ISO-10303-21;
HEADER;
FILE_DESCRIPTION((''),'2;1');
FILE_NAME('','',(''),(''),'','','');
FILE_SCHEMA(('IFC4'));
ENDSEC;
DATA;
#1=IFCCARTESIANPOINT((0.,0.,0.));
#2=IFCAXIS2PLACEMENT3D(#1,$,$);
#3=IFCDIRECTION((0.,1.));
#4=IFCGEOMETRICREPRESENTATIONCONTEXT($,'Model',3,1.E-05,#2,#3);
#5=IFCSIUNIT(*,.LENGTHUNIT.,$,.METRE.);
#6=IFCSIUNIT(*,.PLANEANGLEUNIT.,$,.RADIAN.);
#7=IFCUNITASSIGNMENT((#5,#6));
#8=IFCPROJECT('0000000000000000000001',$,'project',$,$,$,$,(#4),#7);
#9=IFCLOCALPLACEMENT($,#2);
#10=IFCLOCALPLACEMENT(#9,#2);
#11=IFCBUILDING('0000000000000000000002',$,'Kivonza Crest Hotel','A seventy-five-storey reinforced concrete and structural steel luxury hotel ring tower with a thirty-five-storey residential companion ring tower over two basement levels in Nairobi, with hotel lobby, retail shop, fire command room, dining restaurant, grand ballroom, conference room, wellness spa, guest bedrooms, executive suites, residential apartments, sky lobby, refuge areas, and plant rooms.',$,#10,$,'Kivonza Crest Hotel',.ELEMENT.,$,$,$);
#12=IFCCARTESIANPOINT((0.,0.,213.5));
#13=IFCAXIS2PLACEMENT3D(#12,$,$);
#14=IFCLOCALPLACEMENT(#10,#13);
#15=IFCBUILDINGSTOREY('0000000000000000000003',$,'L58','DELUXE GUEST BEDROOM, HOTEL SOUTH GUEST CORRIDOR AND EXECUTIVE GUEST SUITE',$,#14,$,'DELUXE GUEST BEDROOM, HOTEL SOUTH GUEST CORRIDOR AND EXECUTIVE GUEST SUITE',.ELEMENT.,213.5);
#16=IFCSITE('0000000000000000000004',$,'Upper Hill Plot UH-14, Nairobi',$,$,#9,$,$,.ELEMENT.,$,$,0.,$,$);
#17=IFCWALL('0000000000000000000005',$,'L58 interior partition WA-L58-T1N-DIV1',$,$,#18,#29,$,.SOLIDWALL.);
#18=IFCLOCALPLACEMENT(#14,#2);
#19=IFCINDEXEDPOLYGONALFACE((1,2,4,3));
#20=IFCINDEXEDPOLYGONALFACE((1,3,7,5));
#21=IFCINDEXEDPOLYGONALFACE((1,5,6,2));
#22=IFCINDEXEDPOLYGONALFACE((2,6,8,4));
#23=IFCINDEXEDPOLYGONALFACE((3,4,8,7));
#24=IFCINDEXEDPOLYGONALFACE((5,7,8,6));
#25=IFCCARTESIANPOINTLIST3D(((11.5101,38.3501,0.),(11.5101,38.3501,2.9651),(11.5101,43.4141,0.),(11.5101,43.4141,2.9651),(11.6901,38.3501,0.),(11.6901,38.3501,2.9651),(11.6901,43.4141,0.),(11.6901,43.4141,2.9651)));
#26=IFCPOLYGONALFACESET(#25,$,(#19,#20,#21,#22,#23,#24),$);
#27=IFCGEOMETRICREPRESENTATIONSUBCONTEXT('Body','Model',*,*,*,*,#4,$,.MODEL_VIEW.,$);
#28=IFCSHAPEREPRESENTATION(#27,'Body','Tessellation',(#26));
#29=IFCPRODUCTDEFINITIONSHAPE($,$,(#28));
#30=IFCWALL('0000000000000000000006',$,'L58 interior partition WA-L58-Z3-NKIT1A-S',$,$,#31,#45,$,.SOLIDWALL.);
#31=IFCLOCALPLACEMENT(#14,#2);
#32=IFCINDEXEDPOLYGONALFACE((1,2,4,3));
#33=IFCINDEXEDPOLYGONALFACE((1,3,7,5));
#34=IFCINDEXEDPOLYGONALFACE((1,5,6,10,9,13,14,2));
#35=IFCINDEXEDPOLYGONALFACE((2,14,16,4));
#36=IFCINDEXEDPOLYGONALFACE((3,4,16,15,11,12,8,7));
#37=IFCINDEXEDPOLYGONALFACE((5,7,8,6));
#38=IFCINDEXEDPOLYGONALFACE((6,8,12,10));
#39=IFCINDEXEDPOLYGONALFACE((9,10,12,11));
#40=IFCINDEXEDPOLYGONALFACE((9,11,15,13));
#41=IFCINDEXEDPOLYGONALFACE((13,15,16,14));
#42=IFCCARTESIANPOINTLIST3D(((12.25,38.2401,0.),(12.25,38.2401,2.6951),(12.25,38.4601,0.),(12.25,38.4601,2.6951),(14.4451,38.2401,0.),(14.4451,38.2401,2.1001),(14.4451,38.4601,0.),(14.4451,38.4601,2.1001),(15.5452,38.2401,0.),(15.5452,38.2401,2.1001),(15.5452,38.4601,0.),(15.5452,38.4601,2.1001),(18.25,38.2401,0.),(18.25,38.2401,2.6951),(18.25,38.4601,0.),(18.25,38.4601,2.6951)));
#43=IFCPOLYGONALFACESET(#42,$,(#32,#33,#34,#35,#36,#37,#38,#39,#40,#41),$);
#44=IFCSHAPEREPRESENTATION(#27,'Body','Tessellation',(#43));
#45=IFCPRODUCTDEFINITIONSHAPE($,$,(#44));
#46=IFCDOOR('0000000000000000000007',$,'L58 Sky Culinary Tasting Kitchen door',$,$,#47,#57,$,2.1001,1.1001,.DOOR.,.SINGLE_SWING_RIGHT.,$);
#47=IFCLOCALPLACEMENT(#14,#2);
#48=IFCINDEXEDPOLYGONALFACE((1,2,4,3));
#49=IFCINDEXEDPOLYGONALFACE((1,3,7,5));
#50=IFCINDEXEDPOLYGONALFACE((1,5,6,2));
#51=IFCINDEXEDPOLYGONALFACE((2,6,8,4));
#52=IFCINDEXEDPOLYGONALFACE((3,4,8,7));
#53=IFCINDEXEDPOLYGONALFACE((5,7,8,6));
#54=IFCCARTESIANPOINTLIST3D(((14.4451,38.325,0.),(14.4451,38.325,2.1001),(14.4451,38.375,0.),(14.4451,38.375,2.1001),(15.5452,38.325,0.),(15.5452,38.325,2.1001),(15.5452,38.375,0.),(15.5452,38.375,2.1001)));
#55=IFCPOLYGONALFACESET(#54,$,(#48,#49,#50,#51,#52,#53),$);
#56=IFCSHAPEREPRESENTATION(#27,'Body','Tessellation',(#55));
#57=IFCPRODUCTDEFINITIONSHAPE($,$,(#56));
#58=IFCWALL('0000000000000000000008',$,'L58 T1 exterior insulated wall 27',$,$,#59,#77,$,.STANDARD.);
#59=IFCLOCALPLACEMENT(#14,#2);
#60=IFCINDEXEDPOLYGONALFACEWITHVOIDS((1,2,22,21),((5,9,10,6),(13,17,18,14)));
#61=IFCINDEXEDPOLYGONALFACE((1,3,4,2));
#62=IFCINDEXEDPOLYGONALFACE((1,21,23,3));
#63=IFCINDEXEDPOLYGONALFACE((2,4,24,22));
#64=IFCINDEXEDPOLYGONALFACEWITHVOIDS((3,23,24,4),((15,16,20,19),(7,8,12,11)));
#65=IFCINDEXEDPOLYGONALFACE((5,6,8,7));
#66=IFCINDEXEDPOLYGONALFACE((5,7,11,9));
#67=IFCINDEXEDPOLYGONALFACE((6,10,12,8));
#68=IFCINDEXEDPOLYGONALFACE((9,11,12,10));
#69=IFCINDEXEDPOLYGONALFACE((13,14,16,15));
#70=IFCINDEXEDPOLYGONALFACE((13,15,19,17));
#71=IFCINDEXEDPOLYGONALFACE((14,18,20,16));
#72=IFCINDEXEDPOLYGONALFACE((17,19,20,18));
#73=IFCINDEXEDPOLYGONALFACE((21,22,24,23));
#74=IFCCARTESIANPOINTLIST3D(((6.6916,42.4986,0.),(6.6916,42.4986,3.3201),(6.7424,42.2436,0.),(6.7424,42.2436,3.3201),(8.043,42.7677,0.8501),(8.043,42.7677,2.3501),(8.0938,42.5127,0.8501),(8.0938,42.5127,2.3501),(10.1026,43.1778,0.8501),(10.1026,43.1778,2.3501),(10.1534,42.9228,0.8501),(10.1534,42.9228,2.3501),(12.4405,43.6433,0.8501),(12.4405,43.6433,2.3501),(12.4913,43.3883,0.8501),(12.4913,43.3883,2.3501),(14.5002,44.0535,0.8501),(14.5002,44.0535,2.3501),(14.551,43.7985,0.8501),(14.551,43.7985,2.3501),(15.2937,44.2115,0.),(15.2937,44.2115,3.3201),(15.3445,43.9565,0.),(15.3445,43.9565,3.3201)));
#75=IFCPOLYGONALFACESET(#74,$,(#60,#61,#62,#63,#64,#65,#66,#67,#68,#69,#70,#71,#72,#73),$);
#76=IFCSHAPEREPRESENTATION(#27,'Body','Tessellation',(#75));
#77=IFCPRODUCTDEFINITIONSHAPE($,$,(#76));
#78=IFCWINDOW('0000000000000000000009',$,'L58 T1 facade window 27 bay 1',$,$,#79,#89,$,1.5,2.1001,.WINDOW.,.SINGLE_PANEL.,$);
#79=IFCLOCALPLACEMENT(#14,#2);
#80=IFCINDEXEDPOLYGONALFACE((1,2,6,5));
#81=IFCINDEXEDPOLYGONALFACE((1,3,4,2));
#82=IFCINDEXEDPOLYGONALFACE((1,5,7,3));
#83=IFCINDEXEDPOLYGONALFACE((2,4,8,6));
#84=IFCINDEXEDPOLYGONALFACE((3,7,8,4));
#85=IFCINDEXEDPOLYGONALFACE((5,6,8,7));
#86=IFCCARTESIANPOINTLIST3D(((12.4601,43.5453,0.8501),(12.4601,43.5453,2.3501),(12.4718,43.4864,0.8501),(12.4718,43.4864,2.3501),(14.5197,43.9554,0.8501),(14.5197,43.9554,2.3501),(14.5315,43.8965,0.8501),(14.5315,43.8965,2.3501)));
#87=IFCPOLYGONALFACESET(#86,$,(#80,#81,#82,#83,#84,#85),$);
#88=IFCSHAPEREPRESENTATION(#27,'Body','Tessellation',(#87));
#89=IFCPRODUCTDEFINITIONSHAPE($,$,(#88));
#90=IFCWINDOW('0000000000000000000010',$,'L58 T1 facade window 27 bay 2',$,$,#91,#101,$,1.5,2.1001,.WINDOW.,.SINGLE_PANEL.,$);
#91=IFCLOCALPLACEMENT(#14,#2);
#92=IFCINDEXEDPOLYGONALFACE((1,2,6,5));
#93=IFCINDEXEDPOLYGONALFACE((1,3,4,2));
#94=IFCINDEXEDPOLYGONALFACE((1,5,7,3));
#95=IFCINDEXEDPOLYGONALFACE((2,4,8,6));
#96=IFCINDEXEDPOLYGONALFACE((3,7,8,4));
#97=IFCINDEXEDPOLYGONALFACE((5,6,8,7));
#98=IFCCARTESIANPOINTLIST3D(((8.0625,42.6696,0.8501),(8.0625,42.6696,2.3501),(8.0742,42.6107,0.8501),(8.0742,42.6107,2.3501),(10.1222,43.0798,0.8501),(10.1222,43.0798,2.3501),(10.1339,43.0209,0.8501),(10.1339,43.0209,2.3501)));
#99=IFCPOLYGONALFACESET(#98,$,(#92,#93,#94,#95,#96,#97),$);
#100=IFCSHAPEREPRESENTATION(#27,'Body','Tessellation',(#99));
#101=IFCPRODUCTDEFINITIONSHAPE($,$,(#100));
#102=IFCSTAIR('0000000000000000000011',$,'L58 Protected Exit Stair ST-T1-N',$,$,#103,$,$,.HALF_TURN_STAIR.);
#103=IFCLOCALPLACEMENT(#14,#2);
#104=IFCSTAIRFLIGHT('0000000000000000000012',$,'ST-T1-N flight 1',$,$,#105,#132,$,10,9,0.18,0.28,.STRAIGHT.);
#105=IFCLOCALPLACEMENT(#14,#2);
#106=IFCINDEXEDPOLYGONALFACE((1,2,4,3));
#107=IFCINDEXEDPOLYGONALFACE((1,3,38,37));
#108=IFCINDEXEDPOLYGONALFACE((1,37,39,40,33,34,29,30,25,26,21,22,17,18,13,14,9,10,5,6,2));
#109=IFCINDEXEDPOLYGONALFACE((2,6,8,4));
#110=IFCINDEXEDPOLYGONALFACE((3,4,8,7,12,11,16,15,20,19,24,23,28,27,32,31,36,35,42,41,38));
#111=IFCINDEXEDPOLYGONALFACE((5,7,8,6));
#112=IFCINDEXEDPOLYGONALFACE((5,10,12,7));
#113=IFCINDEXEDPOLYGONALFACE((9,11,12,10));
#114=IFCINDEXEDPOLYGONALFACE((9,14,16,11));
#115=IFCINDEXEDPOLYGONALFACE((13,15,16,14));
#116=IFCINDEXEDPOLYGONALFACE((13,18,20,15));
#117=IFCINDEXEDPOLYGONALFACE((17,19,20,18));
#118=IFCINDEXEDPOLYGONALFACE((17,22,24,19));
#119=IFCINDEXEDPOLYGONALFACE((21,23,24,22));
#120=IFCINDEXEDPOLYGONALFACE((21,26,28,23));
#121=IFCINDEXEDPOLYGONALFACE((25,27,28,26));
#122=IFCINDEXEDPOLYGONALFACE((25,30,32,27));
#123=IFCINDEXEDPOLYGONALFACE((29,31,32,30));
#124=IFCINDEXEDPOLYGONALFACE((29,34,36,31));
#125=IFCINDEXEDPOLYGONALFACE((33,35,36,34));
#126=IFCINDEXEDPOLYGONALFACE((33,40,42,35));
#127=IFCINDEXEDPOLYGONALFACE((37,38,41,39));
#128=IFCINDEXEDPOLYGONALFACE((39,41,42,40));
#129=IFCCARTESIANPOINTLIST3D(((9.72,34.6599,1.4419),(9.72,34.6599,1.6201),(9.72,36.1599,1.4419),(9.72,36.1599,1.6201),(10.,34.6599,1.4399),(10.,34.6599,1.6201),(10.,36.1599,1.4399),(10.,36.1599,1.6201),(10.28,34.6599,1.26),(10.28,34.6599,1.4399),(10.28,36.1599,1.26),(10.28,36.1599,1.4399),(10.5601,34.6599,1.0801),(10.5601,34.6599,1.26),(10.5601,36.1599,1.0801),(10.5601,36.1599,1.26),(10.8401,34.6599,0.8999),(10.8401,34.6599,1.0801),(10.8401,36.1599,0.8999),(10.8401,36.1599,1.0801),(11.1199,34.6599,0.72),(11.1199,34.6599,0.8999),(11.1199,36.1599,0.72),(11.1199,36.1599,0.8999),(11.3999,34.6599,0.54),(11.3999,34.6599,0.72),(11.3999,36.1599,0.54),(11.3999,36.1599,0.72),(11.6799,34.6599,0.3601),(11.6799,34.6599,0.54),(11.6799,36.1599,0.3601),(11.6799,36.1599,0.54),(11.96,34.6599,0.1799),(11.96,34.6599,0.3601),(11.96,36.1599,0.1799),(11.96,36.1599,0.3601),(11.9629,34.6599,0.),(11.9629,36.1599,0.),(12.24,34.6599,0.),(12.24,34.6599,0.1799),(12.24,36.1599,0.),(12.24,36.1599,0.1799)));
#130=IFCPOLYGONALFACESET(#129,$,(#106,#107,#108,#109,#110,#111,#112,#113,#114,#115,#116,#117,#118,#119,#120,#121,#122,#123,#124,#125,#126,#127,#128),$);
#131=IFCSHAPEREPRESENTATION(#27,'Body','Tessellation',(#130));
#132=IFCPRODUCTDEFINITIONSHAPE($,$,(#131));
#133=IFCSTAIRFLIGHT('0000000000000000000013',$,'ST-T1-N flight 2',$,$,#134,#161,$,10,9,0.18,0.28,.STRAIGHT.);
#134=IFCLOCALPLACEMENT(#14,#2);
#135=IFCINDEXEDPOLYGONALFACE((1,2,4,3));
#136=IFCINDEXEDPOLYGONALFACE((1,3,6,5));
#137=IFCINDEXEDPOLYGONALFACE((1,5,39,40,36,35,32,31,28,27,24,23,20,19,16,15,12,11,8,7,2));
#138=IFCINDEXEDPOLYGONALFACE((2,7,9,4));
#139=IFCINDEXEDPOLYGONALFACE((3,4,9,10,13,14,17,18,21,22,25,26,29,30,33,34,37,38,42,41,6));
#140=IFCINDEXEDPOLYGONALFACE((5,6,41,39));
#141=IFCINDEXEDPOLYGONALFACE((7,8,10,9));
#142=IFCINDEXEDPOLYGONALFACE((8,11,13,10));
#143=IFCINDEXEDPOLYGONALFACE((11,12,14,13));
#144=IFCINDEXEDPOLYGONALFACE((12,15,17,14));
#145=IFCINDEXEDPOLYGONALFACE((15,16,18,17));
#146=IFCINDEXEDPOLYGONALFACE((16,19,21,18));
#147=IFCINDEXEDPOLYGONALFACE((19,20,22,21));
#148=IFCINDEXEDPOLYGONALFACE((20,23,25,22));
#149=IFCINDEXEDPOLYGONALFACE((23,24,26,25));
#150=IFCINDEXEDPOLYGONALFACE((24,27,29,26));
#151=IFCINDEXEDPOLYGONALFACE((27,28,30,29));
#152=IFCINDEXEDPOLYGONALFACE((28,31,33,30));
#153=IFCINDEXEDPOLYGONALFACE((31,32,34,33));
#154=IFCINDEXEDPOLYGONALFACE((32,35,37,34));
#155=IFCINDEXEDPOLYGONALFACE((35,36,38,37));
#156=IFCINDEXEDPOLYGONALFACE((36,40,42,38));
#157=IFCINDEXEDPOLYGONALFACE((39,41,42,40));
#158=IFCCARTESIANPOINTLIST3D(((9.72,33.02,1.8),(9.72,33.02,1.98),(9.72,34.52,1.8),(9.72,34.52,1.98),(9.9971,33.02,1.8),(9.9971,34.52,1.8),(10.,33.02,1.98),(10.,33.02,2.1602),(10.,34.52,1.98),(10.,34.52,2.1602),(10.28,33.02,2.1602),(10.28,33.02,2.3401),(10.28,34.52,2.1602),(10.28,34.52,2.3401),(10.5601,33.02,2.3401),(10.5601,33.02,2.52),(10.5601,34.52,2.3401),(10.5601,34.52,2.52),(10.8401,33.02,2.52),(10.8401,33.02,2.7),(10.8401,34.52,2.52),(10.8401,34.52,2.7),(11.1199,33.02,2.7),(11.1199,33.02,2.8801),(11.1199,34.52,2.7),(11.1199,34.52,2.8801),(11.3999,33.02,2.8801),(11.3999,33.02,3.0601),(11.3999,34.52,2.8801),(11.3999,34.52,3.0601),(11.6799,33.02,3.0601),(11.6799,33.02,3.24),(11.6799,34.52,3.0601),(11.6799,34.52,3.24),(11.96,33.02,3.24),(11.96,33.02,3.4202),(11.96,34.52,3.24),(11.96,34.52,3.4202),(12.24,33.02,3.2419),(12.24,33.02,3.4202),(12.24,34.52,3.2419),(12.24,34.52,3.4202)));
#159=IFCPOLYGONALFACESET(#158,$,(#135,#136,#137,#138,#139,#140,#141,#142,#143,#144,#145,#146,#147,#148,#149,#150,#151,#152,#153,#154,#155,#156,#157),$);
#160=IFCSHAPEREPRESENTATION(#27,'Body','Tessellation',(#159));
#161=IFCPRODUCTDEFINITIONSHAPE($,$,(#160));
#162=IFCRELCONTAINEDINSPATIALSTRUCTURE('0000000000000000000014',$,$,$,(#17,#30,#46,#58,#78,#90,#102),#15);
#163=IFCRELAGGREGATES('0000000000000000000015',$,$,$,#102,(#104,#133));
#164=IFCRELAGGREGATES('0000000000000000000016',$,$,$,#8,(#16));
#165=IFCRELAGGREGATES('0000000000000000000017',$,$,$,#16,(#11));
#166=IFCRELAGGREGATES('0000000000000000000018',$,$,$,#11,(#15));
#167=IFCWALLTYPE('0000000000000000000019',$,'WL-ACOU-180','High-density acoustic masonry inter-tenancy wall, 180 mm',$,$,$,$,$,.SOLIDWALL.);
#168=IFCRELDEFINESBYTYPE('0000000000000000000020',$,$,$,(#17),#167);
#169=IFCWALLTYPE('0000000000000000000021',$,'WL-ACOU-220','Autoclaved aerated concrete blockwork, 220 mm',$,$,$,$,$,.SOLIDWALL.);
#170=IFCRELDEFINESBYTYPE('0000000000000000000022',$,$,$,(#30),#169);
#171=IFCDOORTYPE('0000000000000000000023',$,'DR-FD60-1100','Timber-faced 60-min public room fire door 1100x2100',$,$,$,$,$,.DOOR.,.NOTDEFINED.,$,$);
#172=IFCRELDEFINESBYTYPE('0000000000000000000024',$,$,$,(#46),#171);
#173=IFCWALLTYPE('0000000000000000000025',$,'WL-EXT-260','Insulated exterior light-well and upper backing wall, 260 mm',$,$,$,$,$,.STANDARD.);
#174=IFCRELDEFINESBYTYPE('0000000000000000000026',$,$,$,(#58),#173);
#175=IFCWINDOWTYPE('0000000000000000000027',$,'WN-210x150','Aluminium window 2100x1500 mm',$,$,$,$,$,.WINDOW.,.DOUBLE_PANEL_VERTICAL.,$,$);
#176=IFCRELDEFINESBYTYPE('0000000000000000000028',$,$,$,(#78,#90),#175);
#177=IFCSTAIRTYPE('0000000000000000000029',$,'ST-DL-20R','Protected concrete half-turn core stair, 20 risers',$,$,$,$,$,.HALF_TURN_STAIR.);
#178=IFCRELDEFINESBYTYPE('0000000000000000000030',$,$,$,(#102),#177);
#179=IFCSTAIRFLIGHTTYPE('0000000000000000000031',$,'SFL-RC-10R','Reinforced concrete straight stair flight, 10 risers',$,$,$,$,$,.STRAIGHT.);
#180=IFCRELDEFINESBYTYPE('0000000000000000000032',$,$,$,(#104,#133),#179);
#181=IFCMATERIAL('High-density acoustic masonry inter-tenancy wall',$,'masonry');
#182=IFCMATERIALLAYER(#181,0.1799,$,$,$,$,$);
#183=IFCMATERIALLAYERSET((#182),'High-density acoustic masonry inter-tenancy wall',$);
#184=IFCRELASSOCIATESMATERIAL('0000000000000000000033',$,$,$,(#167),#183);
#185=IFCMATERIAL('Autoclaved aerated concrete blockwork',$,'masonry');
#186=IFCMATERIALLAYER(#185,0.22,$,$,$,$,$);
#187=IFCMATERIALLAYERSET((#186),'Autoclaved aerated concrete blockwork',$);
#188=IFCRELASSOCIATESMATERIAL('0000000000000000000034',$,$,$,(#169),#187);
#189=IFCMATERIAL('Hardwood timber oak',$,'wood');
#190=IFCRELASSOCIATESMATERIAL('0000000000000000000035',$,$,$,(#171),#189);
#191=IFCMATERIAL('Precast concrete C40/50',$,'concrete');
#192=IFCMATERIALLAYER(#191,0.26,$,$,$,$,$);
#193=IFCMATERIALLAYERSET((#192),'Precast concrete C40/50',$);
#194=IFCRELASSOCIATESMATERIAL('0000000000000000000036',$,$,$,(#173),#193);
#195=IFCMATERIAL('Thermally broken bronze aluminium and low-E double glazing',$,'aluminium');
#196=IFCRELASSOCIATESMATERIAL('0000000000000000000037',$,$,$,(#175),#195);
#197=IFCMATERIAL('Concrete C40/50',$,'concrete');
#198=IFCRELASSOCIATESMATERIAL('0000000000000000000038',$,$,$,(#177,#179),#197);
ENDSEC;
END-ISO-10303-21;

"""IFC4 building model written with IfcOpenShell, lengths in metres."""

from ifc_helpers import new_model, si_unit, direction, frame, frame_2d, origin, place, context, subcontext, project, spatial, polyline, rectangle, outline, extrude, material, layer, layer_set, type_object, element, fill, aggregate, save


model = new_model("IFC4")

# Units and contexts
model_context = context("Model", 3, precision=1e-05, world=origin(), true_north=direction((0.0, 1.0)))
body_context = subcontext(model_context, "Body", "Model", "MODEL_VIEW")
ifc_project = project(units=[si_unit("LENGTHUNIT", "METRE"), si_unit("PLANEANGLEUNIT", "RADIAN")], contexts=[model_context])

# Site, building, storey
site_placement = place(None, origin())
site = spatial("IfcSite", under=ifc_project, at=site_placement, Name="Upper Hill Plot UH-14, Nairobi", CompositionType="ELEMENT", RefElevation=0.0)
building_placement = place(site_placement, origin())
building = spatial("IfcBuilding", under=site, at=building_placement, Name="Kivonza Crest Hotel", Description="A seventy-five-storey reinforced concrete and structural steel luxury hotel ring tower with a thirty-five-storey residential companion ring tower over two basement levels in Nairobi, with hotel lobby, retail shop, fire command room, dining restaurant, grand ballroom, conference room, wellness spa, guest bedrooms, executive suites, residential apartments, sky lobby, refuge areas, and plant rooms.", LongName="Kivonza Crest Hotel", CompositionType="ELEMENT")
storey_placement = place(building_placement, frame((0.0, 0.0, 213.5)))
storey = spatial("IfcBuildingStorey", under=building, at=storey_placement, Name="L58", Description="DELUXE GUEST BEDROOM, HOTEL SOUTH GUEST CORRIDOR AND EXECUTIVE GUEST SUITE", LongName="DELUXE GUEST BEDROOM, HOTEL SOUTH GUEST CORRIDOR AND EXECUTIVE GUEST SUITE", CompositionType="ELEMENT", Elevation=213.5)

# Wall
ifc_material_1 = material(Name="High-density acoustic masonry inter-tenancy wall", Category="masonry")
ifc_layer_1 = layer(ifc_material_1, 0.1799)
ifc_layer_set_1 = layer_set([ifc_layer_1], Name="High-density acoustic masonry inter-tenancy wall")
wall_type_1 = type_object("IfcWallType", Name="WL-ACOU-180", Description="High-density acoustic masonry inter-tenancy wall, 180 mm", PredefinedType="SOLIDWALL", material=ifc_layer_set_1)
wall_1_placement = place(storey_placement, frame((11.6001, 38.3501, 0.0), z_axis=(0.0, 0.0, 1.0), x_axis=(0.0, 1.0, 0.0)))
element("IfcWall", 1, at=wall_1_placement, inside=storey, type_object=wall_type_1, Name="L58 interior partition WA-L58-T1N-DIV1", PredefinedType="SOLIDWALL", context=body_context, shape_type="SweptSolid", body=[
    extrude(rectangle(XDim=5.064, YDim=0.1799, at=frame_2d((2.532, 0.0))), origin(), (0.0, 0.0, 1.0), 2.9651),
])

# Wall, opening, door
ifc_material_2 = material(Name="Autoclaved aerated concrete blockwork", Category="masonry")
ifc_layer_2 = layer(ifc_material_2, 0.22)
ifc_layer_set_2 = layer_set([ifc_layer_2], Name="Autoclaved aerated concrete blockwork")
wall_type_2 = type_object("IfcWallType", Name="WL-ACOU-220", Description="Autoclaved aerated concrete blockwork, 220 mm", PredefinedType="SOLIDWALL", material=ifc_layer_set_2)
wall_2_placement = place(storey_placement, frame((12.25, 38.3501, 0.0), z_axis=(0.0, 0.0, 1.0), x_axis=(1.0, 0.0, 0.0)))
wall_2 = element("IfcWall", 2, at=wall_2_placement, inside=storey, type_object=wall_type_2, Name="L58 interior partition WA-L58-Z3-NKIT1A-S", PredefinedType="SOLIDWALL", context=body_context, shape_type="SweptSolid", body=[
    extrude(rectangle(XDim=6.0, YDim=0.22, at=frame_2d((3.0, 0.0))), origin(), (0.0, 0.0, 1.0), 2.6951),
])
opening_1_placement = place(wall_2_placement, frame((2.1951, 0.0, 0.0)))
opening_1 = element("IfcOpeningElement", 3, at=opening_1_placement, cuts=wall_2, PredefinedType="OPENING", context=body_context, shape_type="SweptSolid", body=[
    extrude(rectangle(XDim=1.1001, YDim=2.1001, at=frame_2d((0.55, 1.05))), frame((0.0, 0.1201, 0.0), z_axis=(0.0, -1.0, 0.0), x_axis=(1.0, 0.0, 0.0)), (0.0, 0.0, 1.0), 0.24),
])
ifc_material_3 = material(Name="Hardwood timber oak", Category="wood")
door_type = type_object("IfcDoorType", Name="DR-FD60-1100", Description="Timber-faced 60-min public room fire door 1100x2100", OperationType="NOTDEFINED", PredefinedType="DOOR", material=ifc_material_3)
door_placement = place(opening_1_placement, origin())
door = element("IfcDoor", 4, at=door_placement, inside=storey, type_object=door_type, Name="L58 Sky Culinary Tasting Kitchen door", OperationType="SINGLE_SWING_RIGHT", OverallHeight=2.1001, OverallWidth=1.1001, PredefinedType="DOOR", context=body_context, shape_type="SweptSolid", body=[
    extrude(rectangle(XDim=1.1001, YDim=2.1001, at=frame_2d((0.55, 1.05))), frame((0.0, 0.0249, 0.0), z_axis=(0.0, -1.0, 0.0), x_axis=(1.0, 0.0, 0.0)), (0.0, 0.0, 1.0), 0.05),
])
fill(opening_1, door)

# Wall, openings, windows
ifc_material_4 = material(Name="Precast concrete C40/50", Category="concrete")
ifc_layer_3 = layer(ifc_material_4, 0.26)
ifc_layer_set_3 = layer_set([ifc_layer_3], Name="Precast concrete C40/50")
wall_type_3 = type_object("IfcWallType", Name="WL-EXT-260", Description="Insulated exterior light-well and upper backing wall, 260 mm", PredefinedType="STANDARD", material=ifc_layer_set_3)
wall_3_placement = place(storey_placement, frame((15.3191, 44.084, 0.0), z_axis=(0.0, 0.0, 1.0), x_axis=(-0.980745, -0.195292, 0.0)))
wall_3 = element("IfcWall", 5, at=wall_3_placement, inside=storey, type_object=wall_type_3, Name="L58 T1 exterior insulated wall 27", PredefinedType="STANDARD", context=body_context, shape_type="SweptSolid", body=[
    extrude(rectangle(XDim=8.771, YDim=0.26, at=frame_2d((4.3855, 0.0))), origin(), (0.0, 0.0, 1.0), 3.3201),
])
opening_2_placement = place(wall_3_placement, frame((0.8091, 0.0, 0.8501)))
opening_2 = element("IfcOpeningElement", 6, at=opening_2_placement, cuts=wall_3, PredefinedType="OPENING", context=body_context, shape_type="SweptSolid", body=[
    extrude(rectangle(XDim=2.1001, YDim=1.5, at=frame_2d((1.05, 0.75))), frame((0.0, 0.1401, 0.0), z_axis=(0.0, -1.0, 0.0), x_axis=(1.0, 0.0, 0.0)), (0.0, 0.0, 1.0), 0.28),
])
opening_3_placement = place(wall_3_placement, frame((5.293, 0.0, 0.8501)))
opening_3 = element("IfcOpeningElement", 7, at=opening_3_placement, cuts=wall_3, PredefinedType="OPENING", context=body_context, shape_type="SweptSolid", body=[
    extrude(rectangle(XDim=2.1001, YDim=1.5, at=frame_2d((1.05, 0.75))), frame((0.0, 0.1401, 0.0), z_axis=(0.0, -1.0, 0.0), x_axis=(1.0, 0.0, 0.0)), (0.0, 0.0, 1.0), 0.28),
])
ifc_material_5 = material(Name="Thermally broken bronze aluminium and low-E double glazing", Category="aluminium")
window_type = type_object("IfcWindowType", Name="WN-210x150", Description="Aluminium window 2100x1500 mm", PartitioningType="DOUBLE_PANEL_VERTICAL", PredefinedType="WINDOW", material=ifc_material_5)
window_1_placement = place(opening_2_placement, origin())
window_1 = element("IfcWindow", 8, at=window_1_placement, inside=storey, type_object=window_type, Name="L58 T1 facade window 27 bay 1", OverallHeight=1.5, OverallWidth=2.1001, PartitioningType="SINGLE_PANEL", PredefinedType="WINDOW", context=body_context, shape_type="SweptSolid", body=[
    extrude(rectangle(XDim=2.1001, YDim=1.5, at=frame_2d((1.05, 0.75))), frame((0.0, 0.03, 0.0), z_axis=(0.0, -1.0, 0.0), x_axis=(1.0, 0.0, 0.0)), (0.0, 0.0, 1.0), 0.0601),
])
fill(opening_2, window_1)
window_2_placement = place(opening_3_placement, origin())
window_2 = element("IfcWindow", 9, at=window_2_placement, inside=storey, type_object=window_type, Name="L58 T1 facade window 27 bay 2", OverallHeight=1.5, OverallWidth=2.1001, PartitioningType="SINGLE_PANEL", PredefinedType="WINDOW", context=body_context, shape_type="SweptSolid", body=[
    extrude(rectangle(XDim=2.1001, YDim=1.5, at=frame_2d((1.05, 0.75))), frame((0.0, 0.03, 0.0), z_axis=(0.0, -1.0, 0.0), x_axis=(1.0, 0.0, 0.0)), (0.0, 0.0, 1.0), 0.0601),
])
fill(opening_3, window_2)

# Stair, stair flights
ifc_material_6 = material(Name="Concrete C40/50", Category="concrete")
stair_type = type_object("IfcStairType", Name="ST-DL-20R", Description="Protected concrete half-turn core stair, 20 risers", PredefinedType="HALF_TURN_STAIR", material=ifc_material_6)
stair_placement = place(storey_placement, origin())
stair = element("IfcStair", 10, at=stair_placement, inside=storey, type_object=stair_type, Name="L58 Protected Exit Stair ST-T1-N", PredefinedType="HALF_TURN_STAIR")
stair_flight_type = type_object("IfcStairFlightType", Name="SFL-RC-10R", Description="Reinforced concrete straight stair flight, 10 risers", PredefinedType="STRAIGHT", material=ifc_material_6)
stair_flight_1_placement = place(storey_placement, frame((12.24, 35.4099, 0.0), z_axis=(0.0, 0.0, 1.0), x_axis=(-1.0, 0.0, 0.0)))
stair_flight_1 = element("IfcStairFlight", 11, at=stair_flight_1_placement, type_object=stair_flight_type, Name="ST-T1-N flight 1", NumberOfRisers=10, NumberOfTreads=9, PredefinedType="STRAIGHT", RiserHeight=0.18, TreadLength=0.28, context=body_context, shape_type="SweptSolid", body=[
    extrude(outline(polyline([(0.0, 0.0), (0.0, 0.1799), (0.28, 0.1799), (0.28, 0.3601), (0.5601, 0.3601), (0.5601, 0.54), (0.8401, 0.54), (0.8401, 0.72), (1.1201, 0.72), (1.1201, 0.8999), (1.3999, 0.8999), (1.3999, 1.0801), (1.6799, 1.0801), (1.6799, 1.26), (1.96, 1.26), (1.96, 1.4399), (2.24, 1.4399), (2.24, 1.6201), (2.52, 1.6201), (2.52, 1.8), (2.52, 1.4419), (0.2771, 0.0), (0.0, 0.0)])), frame((0.0, 0.75, 0.0), z_axis=(0.0, -1.0, 0.0), x_axis=(1.0, 0.0, 0.0)), (0.0, 0.0, 1.0), 1.5),
])
stair_flight_2_placement = place(storey_placement, frame((9.72, 33.77, 1.8), z_axis=(0.0, 0.0, 1.0), x_axis=(1.0, 0.0, 0.0)))
stair_flight_2 = element("IfcStairFlight", 12, at=stair_flight_2_placement, type_object=stair_flight_type, Name="ST-T1-N flight 2", NumberOfRisers=10, NumberOfTreads=9, PredefinedType="STRAIGHT", RiserHeight=0.18, TreadLength=0.28, context=body_context, shape_type="SweptSolid", body=[
    extrude(outline(polyline([(0.0, 0.0), (0.0, 0.1799), (0.28, 0.1799), (0.28, 0.3601), (0.5601, 0.3601), (0.5601, 0.54), (0.8401, 0.54), (0.8401, 0.72), (1.1201, 0.72), (1.1201, 0.8999), (1.3999, 0.8999), (1.3999, 1.0801), (1.6799, 1.0801), (1.6799, 1.26), (1.96, 1.26), (1.96, 1.4399), (2.24, 1.4399), (2.24, 1.6201), (2.52, 1.6201), (2.52, 1.8), (2.52, 1.4419), (0.2771, 0.0), (0.0, 0.0)])), frame((0.0, 0.75, 0.0), z_axis=(0.0, -1.0, 0.0), x_axis=(1.0, 0.0, 0.0)), (0.0, 0.0, 1.0), 1.5),
])
aggregate(stair, [stair_flight_1, stair_flight_2])

save(model, "model.ifc")
